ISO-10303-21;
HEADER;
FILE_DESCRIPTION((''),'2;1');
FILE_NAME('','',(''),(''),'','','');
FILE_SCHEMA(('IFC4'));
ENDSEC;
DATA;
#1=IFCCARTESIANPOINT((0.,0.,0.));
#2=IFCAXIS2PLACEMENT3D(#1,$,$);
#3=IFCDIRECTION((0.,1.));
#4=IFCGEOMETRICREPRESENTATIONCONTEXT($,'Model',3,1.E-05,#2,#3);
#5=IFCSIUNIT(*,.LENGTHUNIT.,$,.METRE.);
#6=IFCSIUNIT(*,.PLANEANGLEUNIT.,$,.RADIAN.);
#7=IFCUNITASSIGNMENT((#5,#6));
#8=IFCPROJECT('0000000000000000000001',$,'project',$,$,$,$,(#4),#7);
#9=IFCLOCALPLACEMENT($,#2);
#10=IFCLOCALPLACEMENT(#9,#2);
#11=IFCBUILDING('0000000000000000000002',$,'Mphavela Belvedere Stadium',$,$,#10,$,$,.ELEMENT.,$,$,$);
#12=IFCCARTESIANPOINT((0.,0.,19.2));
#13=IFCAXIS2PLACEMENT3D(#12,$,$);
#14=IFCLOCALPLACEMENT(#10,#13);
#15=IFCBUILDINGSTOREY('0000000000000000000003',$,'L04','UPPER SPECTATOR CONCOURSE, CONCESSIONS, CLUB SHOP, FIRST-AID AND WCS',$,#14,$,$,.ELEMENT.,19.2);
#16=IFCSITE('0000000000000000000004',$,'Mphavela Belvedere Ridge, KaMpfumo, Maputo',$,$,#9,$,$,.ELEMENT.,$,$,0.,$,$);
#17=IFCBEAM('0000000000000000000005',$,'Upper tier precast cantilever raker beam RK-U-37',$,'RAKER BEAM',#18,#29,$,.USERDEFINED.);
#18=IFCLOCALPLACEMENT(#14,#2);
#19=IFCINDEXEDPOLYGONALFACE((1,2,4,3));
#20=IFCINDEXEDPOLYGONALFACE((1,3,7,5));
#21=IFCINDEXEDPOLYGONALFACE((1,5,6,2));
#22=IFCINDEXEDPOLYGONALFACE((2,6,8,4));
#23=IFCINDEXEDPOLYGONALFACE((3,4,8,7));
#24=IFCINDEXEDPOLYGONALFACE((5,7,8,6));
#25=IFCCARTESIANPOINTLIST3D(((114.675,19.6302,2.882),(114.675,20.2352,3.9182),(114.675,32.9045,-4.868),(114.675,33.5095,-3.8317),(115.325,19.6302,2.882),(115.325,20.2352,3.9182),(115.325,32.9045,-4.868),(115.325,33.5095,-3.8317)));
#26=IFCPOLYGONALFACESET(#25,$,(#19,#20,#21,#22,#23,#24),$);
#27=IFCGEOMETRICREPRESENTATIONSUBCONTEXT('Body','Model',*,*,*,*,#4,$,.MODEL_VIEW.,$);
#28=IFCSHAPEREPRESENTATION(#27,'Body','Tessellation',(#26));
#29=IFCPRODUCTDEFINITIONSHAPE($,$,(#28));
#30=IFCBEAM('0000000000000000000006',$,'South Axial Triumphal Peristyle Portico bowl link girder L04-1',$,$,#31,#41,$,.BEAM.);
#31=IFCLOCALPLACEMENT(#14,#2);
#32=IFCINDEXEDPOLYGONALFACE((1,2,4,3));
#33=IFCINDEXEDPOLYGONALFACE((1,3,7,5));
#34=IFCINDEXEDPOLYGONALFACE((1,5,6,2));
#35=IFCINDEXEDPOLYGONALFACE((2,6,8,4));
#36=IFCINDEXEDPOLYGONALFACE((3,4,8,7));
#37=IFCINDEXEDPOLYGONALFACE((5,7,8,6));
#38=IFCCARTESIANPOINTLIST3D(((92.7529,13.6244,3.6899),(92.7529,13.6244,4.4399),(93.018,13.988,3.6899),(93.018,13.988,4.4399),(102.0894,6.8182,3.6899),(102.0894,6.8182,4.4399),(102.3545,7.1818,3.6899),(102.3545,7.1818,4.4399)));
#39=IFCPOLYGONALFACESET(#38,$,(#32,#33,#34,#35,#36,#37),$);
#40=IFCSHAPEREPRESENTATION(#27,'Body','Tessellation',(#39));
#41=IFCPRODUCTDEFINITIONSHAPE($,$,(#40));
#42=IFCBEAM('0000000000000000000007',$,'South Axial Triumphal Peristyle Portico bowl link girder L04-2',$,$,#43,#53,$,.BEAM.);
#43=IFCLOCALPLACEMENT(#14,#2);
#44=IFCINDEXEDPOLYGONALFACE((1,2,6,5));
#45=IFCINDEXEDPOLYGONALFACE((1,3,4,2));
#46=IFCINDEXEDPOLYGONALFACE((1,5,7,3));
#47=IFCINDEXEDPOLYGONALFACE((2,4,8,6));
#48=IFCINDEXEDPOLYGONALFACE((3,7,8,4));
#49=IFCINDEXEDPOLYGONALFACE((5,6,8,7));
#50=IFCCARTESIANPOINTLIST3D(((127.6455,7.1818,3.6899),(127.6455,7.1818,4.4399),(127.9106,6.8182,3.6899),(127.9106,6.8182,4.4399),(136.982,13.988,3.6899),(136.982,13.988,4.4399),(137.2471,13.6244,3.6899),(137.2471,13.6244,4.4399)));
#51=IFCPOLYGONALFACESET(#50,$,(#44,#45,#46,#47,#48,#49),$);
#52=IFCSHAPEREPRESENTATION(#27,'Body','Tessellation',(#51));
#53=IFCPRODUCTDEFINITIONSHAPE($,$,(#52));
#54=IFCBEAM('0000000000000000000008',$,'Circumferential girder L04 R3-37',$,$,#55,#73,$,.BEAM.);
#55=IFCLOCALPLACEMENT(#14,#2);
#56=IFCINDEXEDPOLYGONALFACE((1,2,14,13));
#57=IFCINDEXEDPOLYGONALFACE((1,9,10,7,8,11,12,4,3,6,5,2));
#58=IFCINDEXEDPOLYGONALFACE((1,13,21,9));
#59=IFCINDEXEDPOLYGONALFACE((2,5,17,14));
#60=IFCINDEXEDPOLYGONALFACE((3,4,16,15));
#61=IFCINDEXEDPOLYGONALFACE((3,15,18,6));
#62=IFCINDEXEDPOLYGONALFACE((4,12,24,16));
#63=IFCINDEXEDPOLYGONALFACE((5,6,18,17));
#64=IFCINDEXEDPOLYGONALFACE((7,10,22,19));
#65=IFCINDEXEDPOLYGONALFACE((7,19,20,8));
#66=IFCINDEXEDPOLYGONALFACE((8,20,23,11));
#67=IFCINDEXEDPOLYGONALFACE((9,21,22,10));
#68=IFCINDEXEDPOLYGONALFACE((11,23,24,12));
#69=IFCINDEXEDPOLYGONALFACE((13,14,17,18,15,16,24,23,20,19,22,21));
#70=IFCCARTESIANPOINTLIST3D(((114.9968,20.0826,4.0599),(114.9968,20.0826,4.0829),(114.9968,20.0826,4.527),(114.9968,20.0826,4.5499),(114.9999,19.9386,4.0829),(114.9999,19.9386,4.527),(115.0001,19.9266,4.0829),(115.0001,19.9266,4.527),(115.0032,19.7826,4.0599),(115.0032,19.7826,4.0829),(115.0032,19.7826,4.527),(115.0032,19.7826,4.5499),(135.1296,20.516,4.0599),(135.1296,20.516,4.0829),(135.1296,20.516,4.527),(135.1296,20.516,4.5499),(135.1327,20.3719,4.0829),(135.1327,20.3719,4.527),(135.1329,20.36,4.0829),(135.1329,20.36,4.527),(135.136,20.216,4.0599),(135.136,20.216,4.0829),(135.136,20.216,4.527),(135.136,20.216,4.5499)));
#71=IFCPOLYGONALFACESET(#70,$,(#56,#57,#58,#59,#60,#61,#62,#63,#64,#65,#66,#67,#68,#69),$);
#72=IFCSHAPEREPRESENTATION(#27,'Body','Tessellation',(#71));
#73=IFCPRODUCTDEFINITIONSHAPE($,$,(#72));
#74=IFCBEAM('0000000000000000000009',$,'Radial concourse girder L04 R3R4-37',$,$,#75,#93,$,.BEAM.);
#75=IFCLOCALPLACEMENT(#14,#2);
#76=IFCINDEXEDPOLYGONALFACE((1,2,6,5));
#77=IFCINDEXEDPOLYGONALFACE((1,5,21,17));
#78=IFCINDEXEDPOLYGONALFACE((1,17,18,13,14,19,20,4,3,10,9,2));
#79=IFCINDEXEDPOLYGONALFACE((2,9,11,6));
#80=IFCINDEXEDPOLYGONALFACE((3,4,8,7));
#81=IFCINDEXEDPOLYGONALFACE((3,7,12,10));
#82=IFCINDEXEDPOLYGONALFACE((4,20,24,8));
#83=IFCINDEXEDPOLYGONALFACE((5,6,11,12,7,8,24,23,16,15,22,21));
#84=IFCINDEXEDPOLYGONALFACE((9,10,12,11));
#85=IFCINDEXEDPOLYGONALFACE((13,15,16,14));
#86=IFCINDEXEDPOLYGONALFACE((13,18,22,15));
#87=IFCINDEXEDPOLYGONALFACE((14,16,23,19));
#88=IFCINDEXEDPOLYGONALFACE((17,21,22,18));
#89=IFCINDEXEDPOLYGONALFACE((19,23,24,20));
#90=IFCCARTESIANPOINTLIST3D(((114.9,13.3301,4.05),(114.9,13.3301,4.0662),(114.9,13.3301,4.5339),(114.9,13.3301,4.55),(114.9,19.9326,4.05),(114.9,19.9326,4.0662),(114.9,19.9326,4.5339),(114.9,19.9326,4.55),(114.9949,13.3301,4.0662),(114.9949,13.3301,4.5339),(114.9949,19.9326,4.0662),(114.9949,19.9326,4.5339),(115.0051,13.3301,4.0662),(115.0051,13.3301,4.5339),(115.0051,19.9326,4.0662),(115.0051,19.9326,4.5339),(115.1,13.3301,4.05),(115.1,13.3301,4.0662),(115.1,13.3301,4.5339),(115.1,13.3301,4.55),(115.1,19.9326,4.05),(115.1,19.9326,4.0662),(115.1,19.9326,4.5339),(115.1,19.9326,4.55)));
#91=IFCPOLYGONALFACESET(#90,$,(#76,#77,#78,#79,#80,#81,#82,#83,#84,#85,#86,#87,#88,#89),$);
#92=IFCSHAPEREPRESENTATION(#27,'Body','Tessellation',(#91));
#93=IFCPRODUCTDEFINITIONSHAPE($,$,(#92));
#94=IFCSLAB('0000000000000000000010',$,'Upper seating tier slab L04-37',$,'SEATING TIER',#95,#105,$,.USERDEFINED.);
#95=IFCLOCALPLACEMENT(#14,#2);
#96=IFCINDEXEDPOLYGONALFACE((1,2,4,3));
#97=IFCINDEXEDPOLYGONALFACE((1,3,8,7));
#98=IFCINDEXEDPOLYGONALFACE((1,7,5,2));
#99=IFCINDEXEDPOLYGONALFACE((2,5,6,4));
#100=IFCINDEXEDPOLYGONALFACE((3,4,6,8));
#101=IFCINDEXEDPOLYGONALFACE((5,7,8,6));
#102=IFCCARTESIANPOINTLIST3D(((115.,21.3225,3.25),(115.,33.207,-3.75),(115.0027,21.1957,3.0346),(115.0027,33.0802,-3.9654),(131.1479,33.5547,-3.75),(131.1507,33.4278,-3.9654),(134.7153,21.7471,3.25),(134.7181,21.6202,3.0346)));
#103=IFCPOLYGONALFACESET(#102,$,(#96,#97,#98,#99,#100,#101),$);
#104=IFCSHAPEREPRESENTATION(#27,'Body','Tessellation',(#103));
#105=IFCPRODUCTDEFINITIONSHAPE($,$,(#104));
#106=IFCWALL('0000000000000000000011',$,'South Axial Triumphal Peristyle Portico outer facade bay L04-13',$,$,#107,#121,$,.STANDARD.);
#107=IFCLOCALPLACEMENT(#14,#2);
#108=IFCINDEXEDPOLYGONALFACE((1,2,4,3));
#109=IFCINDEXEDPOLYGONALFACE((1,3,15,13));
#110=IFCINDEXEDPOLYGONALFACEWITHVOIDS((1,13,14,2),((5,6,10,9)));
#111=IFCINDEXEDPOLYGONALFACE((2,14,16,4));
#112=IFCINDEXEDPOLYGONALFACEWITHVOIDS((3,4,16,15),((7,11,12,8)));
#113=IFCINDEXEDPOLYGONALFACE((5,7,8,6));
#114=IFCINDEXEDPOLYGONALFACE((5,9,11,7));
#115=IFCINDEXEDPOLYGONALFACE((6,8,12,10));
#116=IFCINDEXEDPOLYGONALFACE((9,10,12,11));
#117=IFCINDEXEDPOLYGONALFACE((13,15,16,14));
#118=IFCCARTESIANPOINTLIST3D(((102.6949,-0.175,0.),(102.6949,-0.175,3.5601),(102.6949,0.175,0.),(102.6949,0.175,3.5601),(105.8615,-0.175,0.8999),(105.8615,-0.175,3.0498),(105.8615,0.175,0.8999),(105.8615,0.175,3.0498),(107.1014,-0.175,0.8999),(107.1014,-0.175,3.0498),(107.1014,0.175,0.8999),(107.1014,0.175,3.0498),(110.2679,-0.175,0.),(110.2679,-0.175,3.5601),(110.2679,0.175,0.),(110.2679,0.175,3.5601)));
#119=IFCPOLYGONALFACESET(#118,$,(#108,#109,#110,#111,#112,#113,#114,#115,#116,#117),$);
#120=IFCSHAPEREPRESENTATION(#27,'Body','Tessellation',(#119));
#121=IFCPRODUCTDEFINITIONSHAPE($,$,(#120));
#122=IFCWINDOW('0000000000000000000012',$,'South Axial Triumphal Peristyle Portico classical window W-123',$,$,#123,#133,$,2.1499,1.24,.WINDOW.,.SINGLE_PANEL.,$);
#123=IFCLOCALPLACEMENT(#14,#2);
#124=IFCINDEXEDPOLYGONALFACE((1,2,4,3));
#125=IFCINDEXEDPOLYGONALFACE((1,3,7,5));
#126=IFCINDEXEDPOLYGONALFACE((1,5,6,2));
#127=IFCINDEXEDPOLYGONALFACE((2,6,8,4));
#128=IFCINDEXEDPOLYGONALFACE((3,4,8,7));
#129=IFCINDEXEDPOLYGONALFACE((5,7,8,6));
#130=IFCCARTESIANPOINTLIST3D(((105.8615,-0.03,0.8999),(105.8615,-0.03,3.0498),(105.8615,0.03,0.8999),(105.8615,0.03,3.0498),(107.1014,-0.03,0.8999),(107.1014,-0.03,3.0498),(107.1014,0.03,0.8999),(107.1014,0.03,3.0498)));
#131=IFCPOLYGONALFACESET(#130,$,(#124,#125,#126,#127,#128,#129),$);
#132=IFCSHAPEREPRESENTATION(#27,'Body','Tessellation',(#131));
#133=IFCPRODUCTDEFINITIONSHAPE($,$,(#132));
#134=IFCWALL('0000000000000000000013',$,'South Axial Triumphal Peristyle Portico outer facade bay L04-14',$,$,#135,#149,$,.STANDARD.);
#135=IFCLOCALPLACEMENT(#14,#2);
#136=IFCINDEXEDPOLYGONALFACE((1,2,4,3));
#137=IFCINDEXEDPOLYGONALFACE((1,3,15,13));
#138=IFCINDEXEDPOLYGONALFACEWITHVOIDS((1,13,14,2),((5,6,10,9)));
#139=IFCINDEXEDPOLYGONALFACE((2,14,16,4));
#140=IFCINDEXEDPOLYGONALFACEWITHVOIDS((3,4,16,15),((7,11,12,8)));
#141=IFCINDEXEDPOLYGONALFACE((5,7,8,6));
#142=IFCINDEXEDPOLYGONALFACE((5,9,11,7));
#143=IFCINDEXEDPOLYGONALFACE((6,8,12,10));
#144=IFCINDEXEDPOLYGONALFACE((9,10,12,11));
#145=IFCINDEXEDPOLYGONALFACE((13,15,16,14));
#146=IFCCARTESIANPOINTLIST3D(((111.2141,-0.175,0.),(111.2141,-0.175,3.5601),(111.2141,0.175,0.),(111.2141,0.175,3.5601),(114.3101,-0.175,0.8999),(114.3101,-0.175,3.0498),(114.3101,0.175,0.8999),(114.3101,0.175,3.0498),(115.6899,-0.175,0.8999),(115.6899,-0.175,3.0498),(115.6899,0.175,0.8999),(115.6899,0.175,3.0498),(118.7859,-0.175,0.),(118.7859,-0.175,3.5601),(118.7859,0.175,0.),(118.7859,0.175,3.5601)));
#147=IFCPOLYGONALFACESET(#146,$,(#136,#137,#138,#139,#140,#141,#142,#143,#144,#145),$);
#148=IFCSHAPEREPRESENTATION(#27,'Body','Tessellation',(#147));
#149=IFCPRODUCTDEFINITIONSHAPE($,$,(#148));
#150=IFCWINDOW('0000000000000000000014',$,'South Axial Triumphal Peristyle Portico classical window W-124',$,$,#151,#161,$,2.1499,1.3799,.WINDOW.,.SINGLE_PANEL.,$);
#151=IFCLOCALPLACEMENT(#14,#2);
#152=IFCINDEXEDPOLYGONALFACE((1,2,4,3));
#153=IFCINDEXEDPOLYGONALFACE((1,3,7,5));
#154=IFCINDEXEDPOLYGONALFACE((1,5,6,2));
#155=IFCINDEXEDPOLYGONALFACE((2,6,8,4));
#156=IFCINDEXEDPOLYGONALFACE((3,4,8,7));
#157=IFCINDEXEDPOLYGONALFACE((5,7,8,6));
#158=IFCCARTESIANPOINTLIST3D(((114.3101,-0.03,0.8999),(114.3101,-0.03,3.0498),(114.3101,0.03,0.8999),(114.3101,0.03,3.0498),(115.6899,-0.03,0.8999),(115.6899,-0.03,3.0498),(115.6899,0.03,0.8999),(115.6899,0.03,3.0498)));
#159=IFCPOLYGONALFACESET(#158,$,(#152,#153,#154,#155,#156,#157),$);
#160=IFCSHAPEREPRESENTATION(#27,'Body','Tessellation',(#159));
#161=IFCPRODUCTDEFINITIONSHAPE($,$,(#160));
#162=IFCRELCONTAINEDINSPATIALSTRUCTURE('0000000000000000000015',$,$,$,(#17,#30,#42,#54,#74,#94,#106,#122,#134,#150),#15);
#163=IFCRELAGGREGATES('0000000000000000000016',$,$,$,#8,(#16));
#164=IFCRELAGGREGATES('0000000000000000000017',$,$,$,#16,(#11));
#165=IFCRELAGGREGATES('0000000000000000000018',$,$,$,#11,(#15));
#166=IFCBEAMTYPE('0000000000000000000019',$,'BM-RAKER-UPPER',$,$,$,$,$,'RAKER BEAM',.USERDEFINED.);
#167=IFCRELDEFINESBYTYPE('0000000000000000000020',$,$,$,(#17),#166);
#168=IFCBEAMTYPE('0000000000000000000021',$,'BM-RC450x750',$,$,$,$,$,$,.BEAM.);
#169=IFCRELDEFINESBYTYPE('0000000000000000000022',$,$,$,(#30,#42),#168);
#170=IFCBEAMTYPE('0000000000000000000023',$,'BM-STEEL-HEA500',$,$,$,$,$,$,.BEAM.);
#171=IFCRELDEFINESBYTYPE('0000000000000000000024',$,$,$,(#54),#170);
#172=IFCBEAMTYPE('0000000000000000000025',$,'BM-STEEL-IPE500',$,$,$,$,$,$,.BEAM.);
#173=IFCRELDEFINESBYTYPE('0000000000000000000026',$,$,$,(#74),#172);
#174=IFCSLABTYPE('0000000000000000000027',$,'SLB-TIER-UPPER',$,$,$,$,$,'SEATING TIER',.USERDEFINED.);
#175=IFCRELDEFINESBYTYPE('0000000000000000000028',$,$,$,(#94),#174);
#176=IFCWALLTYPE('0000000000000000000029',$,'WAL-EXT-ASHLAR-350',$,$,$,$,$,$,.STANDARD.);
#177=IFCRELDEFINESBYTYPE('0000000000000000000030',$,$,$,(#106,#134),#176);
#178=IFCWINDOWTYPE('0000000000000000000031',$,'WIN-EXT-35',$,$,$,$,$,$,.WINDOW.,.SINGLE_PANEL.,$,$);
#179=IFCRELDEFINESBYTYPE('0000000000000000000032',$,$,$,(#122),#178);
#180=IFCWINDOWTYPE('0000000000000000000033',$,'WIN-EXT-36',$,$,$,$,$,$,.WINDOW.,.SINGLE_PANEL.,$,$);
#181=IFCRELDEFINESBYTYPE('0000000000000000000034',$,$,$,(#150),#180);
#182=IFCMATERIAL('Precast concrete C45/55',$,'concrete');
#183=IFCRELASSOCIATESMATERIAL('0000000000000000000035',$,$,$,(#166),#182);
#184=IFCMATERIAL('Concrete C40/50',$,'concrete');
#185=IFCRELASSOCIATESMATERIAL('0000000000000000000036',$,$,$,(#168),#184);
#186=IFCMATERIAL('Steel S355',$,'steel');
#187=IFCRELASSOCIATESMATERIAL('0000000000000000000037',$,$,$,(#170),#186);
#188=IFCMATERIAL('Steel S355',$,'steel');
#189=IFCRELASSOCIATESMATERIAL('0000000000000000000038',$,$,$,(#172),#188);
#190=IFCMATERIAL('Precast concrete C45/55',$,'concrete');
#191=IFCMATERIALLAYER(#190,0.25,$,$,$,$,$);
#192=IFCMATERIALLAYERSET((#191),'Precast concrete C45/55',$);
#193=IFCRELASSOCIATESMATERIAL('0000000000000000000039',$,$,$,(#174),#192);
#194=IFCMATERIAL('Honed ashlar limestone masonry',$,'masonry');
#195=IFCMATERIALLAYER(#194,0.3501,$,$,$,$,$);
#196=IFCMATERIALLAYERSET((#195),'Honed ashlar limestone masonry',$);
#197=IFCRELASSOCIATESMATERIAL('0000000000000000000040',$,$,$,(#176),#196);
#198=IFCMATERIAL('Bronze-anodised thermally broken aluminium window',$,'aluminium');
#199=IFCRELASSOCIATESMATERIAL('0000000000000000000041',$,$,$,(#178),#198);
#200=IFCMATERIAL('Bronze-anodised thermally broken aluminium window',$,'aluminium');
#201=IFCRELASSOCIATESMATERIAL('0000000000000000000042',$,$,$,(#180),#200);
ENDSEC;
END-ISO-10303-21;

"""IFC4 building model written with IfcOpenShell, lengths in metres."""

from ifc_helpers import new_model, si_unit, direction, frame, frame_2d, origin, origin_2d, place, context, subcontext, project, spatial, polyline, rectangle, i_section, outline, extrude, material, layer, layer_set, material_profile, profile_set, type_object, element, fill, save


model = new_model("IFC4")

# Units and contexts
model_context = context("Model", 3, precision=1e-05, world=origin(), true_north=direction((0.0, 1.0)))
body_context = subcontext(model_context, "Body", "Model", "MODEL_VIEW")
ifc_project = project(units=[si_unit("LENGTHUNIT", "METRE"), si_unit("PLANEANGLEUNIT", "RADIAN")], contexts=[model_context])

# Site, building, storey
site_placement = place(None, origin())
site = spatial("IfcSite", under=ifc_project, at=site_placement, Name="Mphavela Belvedere Ridge, KaMpfumo, Maputo", CompositionType="ELEMENT", RefElevation=0.0)
building_placement = place(site_placement, origin())
building = spatial("IfcBuilding", under=site, at=building_placement, Name="Mphavela Belvedere Stadium", CompositionType="ELEMENT")
storey_placement = place(building_placement, frame((0.0, 0.0, 19.2)))
storey = spatial("IfcBuildingStorey", under=building, at=storey_placement, Name="L04", Description="UPPER SPECTATOR CONCOURSE, CONCESSIONS, CLUB SHOP, FIRST-AID AND WCS", CompositionType="ELEMENT", Elevation=19.2)

# Beams
ifc_material_1 = material(Name="Precast concrete C45/55", Category="concrete")
ifc_material_profile_1 = material_profile(ifc_material_1, rectangle(XDim=0.6499, YDim=1.2, at=origin_2d()), Name="PC 650x1200")
ifc_profile_set_1 = profile_set([ifc_material_profile_1], Name="Precast concrete C45/55")
beam_type_1 = type_object("IfcBeamType", Name="BM-RAKER-UPPER", ElementType="RAKER BEAM", PredefinedType="USERDEFINED", material=ifc_profile_set_1)
beam_1_placement = place(storey_placement, frame((115.0, 33.207, -4.3499), z_axis=(0.0, -0.863592, 0.504191), x_axis=(1.0, 0.0, 0.0)))
element("IfcBeam", 1, at=beam_1_placement, inside=storey, type_object=beam_type_1, Name="Upper tier precast cantilever raker beam RK-U-37", ObjectType="RAKER BEAM", PredefinedType="USERDEFINED", context=body_context, shape_type="SweptSolid", body=[
    extrude(rectangle(XDim=0.6499, YDim=1.2, at=origin_2d()), origin(), (0.0, 0.0, 1.0), 15.3711),
])
ifc_material_2 = material(Name="Concrete C40/50", Category="concrete")
ifc_material_profile_2 = material_profile(ifc_material_2, rectangle(XDim=0.45, YDim=0.75, at=origin_2d()), Name="RC 450x750")
ifc_profile_set_2 = profile_set([ifc_material_profile_2], Name="Concrete C40/50")
beam_type_2 = type_object("IfcBeamType", Name="BM-RC450x750", PredefinedType="BEAM", material=ifc_profile_set_2)
for number, where, z_axis, x_axis, name in (
    (2, (102.2219, 7.0, 4.0649), (-0.808076, 0.589078, 0.0), (-0.589078, -0.808076, 0.0), "South Axial Triumphal Peristyle Portico bowl link girder L04-1"),
    (3, (127.7781, 7.0, 4.0649), (0.808076, 0.589078, 0.0), (-0.589078, 0.808076, 0.0), "South Axial Triumphal Peristyle Portico bowl link girder L04-2"),
):
    element("IfcBeam", number, at=place(storey_placement, frame(where, z_axis=z_axis, x_axis=x_axis)), inside=storey, type_object=beam_type_2, Name=name, PredefinedType="BEAM", context=body_context, shape_type="SweptSolid", body=[
        extrude(rectangle(XDim=0.45, YDim=0.75, at=origin_2d()), origin(), (0.0, 0.0, 1.0), 11.554),
    ])
ifc_material_3 = material(Name="Steel S355", Category="steel")
ifc_material_profile_3 = material_profile(ifc_material_3, i_section(OverallWidth=0.3, OverallDepth=0.49, WebThickness=0.012, FlangeThickness=0.0229, at=origin_2d()), Name="HEA 500")
ifc_profile_set_3 = profile_set([ifc_material_profile_3], Name="Steel S355")
beam_type_3 = type_object("IfcBeamType", Name="BM-STEEL-HEA500", PredefinedType="BEAM", material=ifc_profile_set_3)
beam_2_placement = place(storey_placement, frame((115.0, 19.9326, 4.3049), z_axis=(0.999768, 0.02152, 0.0), x_axis=(-0.02152, 0.999768, 0.0)))
element("IfcBeam", 4, at=beam_2_placement, inside=storey, type_object=beam_type_3, Name="Circumferential girder L04 R3-37", PredefinedType="BEAM", context=body_context, shape_type="SweptSolid", body=[
    extrude(i_section(OverallWidth=0.3, OverallDepth=0.49, WebThickness=0.012, FlangeThickness=0.0229, at=origin_2d()), origin(), (0.0, 0.0, 1.0), 20.1375),
])
ifc_material_4 = material(Name="Steel S355", Category="steel")
ifc_material_profile_4 = material_profile(ifc_material_4, i_section(OverallWidth=0.2, OverallDepth=0.5, WebThickness=0.0103, FlangeThickness=0.0161, at=origin_2d()), Name="IPE 500")
ifc_profile_set_4 = profile_set([ifc_material_profile_4], Name="Steel S355")
beam_type_4 = type_object("IfcBeamType", Name="BM-STEEL-IPE500", PredefinedType="BEAM", material=ifc_profile_set_4)
beam_3_placement = place(storey_placement, frame((115.0, 19.9326, 4.3), z_axis=(0.0, -1.0, 0.0), x_axis=(1.0, 0.0, 0.0)))
element("IfcBeam", 5, at=beam_3_placement, inside=storey, type_object=beam_type_4, Name="Radial concourse girder L04 R3R4-37", PredefinedType="BEAM", context=body_context, shape_type="SweptSolid", body=[
    extrude(i_section(OverallWidth=0.2, OverallDepth=0.5, WebThickness=0.0103, FlangeThickness=0.0161, at=origin_2d()), origin(), (0.0, 0.0, 1.0), 6.6025),
])

# Slab
ifc_material_5 = material(Name="Precast concrete C45/55", Category="concrete")
ifc_layer_1 = layer(ifc_material_5, 0.25)
ifc_layer_set_1 = layer_set([ifc_layer_1], Name="Precast concrete C45/55")
slab_type = type_object("IfcSlabType", Name="SLB-TIER-UPPER", ElementType="SEATING TIER", PredefinedType="USERDEFINED", material=ifc_layer_set_1)
slab_placement = place(storey_placement, frame((115.0, 33.207, -3.75), z_axis=(-0.010927, 0.507482, 0.861593), x_axis=(0.999768, 0.021525, 0.000001)))
element("IfcSlab", 6, at=slab_placement, inside=storey, type_object=slab_type, Name="Upper seating tier slab L04-37", ObjectType="SEATING TIER", PredefinedType="USERDEFINED", context=body_context, shape_type="SweptSolid", body=[
    extrude(outline(polyline([(0.0, 0.0), (16.1517, 0.0), (19.4641, -13.7904), (-0.2558, -13.7904), (0.0, 0.0)])), origin(), (0.0, 0.0, -1.0), 0.25),
])

# Walls, openings, windows
ifc_material_6 = material(Name="Honed ashlar limestone masonry", Category="masonry")
ifc_layer_2 = layer(ifc_material_6, 0.3501)
ifc_layer_set_2 = layer_set([ifc_layer_2], Name="Honed ashlar limestone masonry")
wall_type_1 = type_object("IfcWallType", Name="WAL-EXT-ASHLAR-350", PredefinedType="STANDARD", material=ifc_layer_set_2)
wall_1_placement = place(storey_placement, frame((110.2681, 0.0, 0.0), z_axis=(0.0, 0.0, 1.0), x_axis=(-1.0, 0.0, 0.0)))
wall_1 = element("IfcWall", 7, at=wall_1_placement, inside=storey, type_object=wall_type_1, Name="South Axial Triumphal Peristyle Portico outer facade bay L04-13", PredefinedType="STANDARD", context=body_context, shape_type="SweptSolid", body=[
    extrude(rectangle(XDim=7.573, YDim=0.3501, at=frame_2d((3.7866, 0.0))), origin(), (0.0, 0.0, 1.0), 3.5601),
])
opening_1_placement = place(wall_1_placement, frame((3.1665, 0.0, 0.8999)))
opening_1 = element("IfcOpeningElement", 8, at=opening_1_placement, cuts=wall_1, PredefinedType="OPENING", context=body_context, shape_type="SweptSolid", body=[
    extrude(rectangle(XDim=1.24, YDim=2.1499, at=frame_2d((0.6201, 1.075))), frame((0.0, 0.1851, 0.0), z_axis=(0.0, -1.0, 0.0), x_axis=(1.0, 0.0, 0.0)), (0.0, 0.0, 1.0), 0.3701),
])
ifc_material_7 = material(Name="Bronze-anodised thermally broken aluminium window", Category="aluminium")
window_type_1 = type_object("IfcWindowType", Name="WIN-EXT-35", PartitioningType="SINGLE_PANEL", PredefinedType="WINDOW", material=ifc_material_7)
window_1_placement = place(opening_1_placement, origin())
window_1 = element("IfcWindow", 9, at=window_1_placement, inside=storey, type_object=window_type_1, Name="South Axial Triumphal Peristyle Portico classical window W-123", OverallHeight=2.1499, OverallWidth=1.24, PartitioningType="SINGLE_PANEL", PredefinedType="WINDOW", context=body_context, shape_type="SweptSolid", body=[
    extrude(rectangle(XDim=1.24, YDim=2.1499, at=frame_2d((0.6201, 1.075))), frame((0.0, 0.03, 0.0), z_axis=(0.0, -1.0, 0.0), x_axis=(1.0, 0.0, 0.0)), (0.0, 0.0, 1.0), 0.0601),
])
fill(opening_1, window_1)
wall_2_placement = place(storey_placement, frame((118.7859, 0.0, 0.0), z_axis=(0.0, 0.0, 1.0), x_axis=(-1.0, 0.0, 0.0)))
wall_2 = element("IfcWall", 10, at=wall_2_placement, inside=storey, type_object=wall_type_1, Name="South Axial Triumphal Peristyle Portico outer facade bay L04-14", PredefinedType="STANDARD", context=body_context, shape_type="SweptSolid", body=[
    extrude(rectangle(XDim=7.5718, YDim=0.3501, at=frame_2d((3.7859, 0.0))), origin(), (0.0, 0.0, 1.0), 3.5601),
])
opening_2_placement = place(wall_2_placement, frame((3.0959, 0.0, 0.8999)))
opening_2 = element("IfcOpeningElement", 11, at=opening_2_placement, cuts=wall_2, PredefinedType="OPENING", context=body_context, shape_type="SweptSolid", body=[
    extrude(rectangle(XDim=1.3799, YDim=2.1499, at=frame_2d((0.6899, 1.075))), frame((0.0, 0.1851, 0.0), z_axis=(0.0, -1.0, 0.0), x_axis=(1.0, 0.0, 0.0)), (0.0, 0.0, 1.0), 0.3701),
])
ifc_material_8 = material(Name="Bronze-anodised thermally broken aluminium window", Category="aluminium")
window_type_2 = type_object("IfcWindowType", Name="WIN-EXT-36", PartitioningType="SINGLE_PANEL", PredefinedType="WINDOW", material=ifc_material_8)
window_2_placement = place(opening_2_placement, origin())
window_2 = element("IfcWindow", 12, at=window_2_placement, inside=storey, type_object=window_type_2, Name="South Axial Triumphal Peristyle Portico classical window W-124", OverallHeight=2.1499, OverallWidth=1.3799, PartitioningType="SINGLE_PANEL", PredefinedType="WINDOW", context=body_context, shape_type="SweptSolid", body=[
    extrude(rectangle(XDim=1.3799, YDim=2.1499, at=frame_2d((0.6899, 1.075))), frame((0.0, 0.03, 0.0), z_axis=(0.0, -1.0, 0.0), x_axis=(1.0, 0.0, 0.0)), (0.0, 0.0, 1.0), 0.0601),
])
fill(opening_2, window_2)

save(model, "model.ifc")
